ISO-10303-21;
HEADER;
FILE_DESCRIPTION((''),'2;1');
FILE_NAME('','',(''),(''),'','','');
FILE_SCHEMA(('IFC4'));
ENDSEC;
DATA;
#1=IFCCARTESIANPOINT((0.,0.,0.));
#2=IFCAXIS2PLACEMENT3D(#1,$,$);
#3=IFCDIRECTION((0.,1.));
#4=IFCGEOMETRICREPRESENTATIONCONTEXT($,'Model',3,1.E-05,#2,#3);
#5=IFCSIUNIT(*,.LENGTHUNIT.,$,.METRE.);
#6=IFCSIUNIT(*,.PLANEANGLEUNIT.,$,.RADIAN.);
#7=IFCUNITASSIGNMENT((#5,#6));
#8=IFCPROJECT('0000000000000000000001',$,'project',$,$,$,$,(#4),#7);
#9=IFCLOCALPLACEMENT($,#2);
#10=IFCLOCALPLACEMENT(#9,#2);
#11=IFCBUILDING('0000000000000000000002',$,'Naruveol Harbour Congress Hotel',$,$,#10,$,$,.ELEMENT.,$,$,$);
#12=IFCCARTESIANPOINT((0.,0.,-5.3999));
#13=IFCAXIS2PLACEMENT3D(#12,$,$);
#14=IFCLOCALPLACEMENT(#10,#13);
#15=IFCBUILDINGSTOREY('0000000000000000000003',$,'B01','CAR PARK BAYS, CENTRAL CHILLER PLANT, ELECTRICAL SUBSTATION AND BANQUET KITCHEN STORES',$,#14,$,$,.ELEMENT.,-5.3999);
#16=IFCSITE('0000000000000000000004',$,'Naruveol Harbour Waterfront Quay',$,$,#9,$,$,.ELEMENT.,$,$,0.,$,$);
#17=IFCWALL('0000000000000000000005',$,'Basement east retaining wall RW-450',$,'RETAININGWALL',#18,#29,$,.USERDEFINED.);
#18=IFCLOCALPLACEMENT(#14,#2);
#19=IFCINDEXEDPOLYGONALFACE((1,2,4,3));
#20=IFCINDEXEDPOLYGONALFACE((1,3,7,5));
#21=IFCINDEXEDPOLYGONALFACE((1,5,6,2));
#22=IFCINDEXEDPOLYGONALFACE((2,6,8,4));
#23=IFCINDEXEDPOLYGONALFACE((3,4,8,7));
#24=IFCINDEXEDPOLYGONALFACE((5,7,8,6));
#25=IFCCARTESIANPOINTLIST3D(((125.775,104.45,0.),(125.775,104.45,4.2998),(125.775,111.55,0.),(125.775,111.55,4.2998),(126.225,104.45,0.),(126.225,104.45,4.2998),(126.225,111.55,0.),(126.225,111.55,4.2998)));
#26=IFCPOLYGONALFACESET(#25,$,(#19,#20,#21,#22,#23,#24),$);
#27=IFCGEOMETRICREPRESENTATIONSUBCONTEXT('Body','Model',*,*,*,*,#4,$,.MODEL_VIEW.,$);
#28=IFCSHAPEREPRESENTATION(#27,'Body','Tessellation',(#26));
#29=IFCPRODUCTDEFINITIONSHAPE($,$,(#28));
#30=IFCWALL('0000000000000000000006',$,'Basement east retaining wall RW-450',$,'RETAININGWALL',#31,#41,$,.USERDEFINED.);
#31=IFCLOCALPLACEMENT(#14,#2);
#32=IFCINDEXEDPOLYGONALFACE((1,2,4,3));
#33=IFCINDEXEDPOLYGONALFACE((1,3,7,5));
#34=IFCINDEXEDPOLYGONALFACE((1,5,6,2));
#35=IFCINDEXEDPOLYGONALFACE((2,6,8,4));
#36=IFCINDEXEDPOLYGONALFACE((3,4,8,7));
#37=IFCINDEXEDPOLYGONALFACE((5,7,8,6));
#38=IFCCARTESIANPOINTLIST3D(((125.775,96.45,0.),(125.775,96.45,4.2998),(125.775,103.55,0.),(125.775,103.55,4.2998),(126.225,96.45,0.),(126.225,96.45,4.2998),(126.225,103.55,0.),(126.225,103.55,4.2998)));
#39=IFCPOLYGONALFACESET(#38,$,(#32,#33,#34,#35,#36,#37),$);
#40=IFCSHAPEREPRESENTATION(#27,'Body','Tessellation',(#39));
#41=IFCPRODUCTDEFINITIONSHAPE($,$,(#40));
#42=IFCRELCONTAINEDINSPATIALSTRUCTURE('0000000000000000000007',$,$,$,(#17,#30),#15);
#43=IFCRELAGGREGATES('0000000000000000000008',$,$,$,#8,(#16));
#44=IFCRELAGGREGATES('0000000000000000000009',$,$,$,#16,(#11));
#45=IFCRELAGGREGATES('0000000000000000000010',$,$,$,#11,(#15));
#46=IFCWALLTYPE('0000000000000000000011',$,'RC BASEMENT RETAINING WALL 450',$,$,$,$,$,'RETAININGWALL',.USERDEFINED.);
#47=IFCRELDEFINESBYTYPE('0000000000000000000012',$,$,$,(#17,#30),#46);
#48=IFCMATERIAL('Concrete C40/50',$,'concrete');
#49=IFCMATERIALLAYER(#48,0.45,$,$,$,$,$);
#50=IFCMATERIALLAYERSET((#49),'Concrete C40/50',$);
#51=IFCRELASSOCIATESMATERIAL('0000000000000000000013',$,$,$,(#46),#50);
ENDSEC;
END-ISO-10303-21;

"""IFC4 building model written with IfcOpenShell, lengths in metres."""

from ifc_helpers import new_model, si_unit, direction, frame, frame_2d, origin, place, context, subcontext, project, spatial, rectangle, extrude, material, layer, layer_set, type_object, element, save


model = new_model("IFC4")

# Units and contexts
model_context = context("Model", 3, precision=1e-05, world=origin(), true_north=direction((0.0, 1.0)))
body_context = subcontext(model_context, "Body", "Model", "MODEL_VIEW")
ifc_project = project(units=[si_unit("LENGTHUNIT", "METRE"), si_unit("PLANEANGLEUNIT", "RADIAN")], contexts=[model_context])

# Site, building, storey
site_placement = place(None, origin())
site = spatial("IfcSite", under=ifc_project, at=site_placement, Name="Naruveol Harbour Waterfront Quay", CompositionType="ELEMENT", RefElevation=0.0)
building_placement = place(site_placement, origin())
building = spatial("IfcBuilding", under=site, at=building_placement, Name="Naruveol Harbour Congress Hotel", CompositionType="ELEMENT")
storey_placement = place(building_placement, frame((0.0, 0.0, -5.3999)))
storey = spatial("IfcBuildingStorey", under=building, at=storey_placement, Name="B01", Description="CAR PARK BAYS, CENTRAL CHILLER PLANT, ELECTRICAL SUBSTATION AND BANQUET KITCHEN STORES", CompositionType="ELEMENT", Elevation=-5.3999)

# Walls
ifc_material_1 = material(Name="Concrete C40/50", Category="concrete")
ifc_layer = layer(ifc_material_1, 0.45)
ifc_layer_set = layer_set([ifc_layer], Name="Concrete C40/50")
wall_type = type_object("IfcWallType", Name="RC BASEMENT RETAINING WALL 450", ElementType="RETAININGWALL", PredefinedType="USERDEFINED", material=ifc_layer_set)
for number, where, z_axis, x_axis, name in (
    (1, (126.0, 111.55, 0.0), (0.0, 0.0, 1.0), (0.0, -1.0, 0.0), "Basement east retaining wall RW-450"),
    (2, (126.0, 103.55, 0.0), (0.0, 0.0, 1.0), (0.0, -1.0, 0.0), "Basement east retaining wall RW-450"),
):
    element("IfcWall", number, at=place(storey_placement, frame(where, z_axis=z_axis, x_axis=x_axis)), inside=storey, type_object=wall_type, Name=name, ObjectType="RETAININGWALL", PredefinedType="USERDEFINED", context=body_context, shape_type="SweptSolid", body=[
        extrude(rectangle(XDim=7.1001, YDim=0.45, at=frame_2d((3.55, 0.0))), origin(), (0.0, 0.0, 1.0), 4.2998),
    ])

save(model, "model.ifc")
